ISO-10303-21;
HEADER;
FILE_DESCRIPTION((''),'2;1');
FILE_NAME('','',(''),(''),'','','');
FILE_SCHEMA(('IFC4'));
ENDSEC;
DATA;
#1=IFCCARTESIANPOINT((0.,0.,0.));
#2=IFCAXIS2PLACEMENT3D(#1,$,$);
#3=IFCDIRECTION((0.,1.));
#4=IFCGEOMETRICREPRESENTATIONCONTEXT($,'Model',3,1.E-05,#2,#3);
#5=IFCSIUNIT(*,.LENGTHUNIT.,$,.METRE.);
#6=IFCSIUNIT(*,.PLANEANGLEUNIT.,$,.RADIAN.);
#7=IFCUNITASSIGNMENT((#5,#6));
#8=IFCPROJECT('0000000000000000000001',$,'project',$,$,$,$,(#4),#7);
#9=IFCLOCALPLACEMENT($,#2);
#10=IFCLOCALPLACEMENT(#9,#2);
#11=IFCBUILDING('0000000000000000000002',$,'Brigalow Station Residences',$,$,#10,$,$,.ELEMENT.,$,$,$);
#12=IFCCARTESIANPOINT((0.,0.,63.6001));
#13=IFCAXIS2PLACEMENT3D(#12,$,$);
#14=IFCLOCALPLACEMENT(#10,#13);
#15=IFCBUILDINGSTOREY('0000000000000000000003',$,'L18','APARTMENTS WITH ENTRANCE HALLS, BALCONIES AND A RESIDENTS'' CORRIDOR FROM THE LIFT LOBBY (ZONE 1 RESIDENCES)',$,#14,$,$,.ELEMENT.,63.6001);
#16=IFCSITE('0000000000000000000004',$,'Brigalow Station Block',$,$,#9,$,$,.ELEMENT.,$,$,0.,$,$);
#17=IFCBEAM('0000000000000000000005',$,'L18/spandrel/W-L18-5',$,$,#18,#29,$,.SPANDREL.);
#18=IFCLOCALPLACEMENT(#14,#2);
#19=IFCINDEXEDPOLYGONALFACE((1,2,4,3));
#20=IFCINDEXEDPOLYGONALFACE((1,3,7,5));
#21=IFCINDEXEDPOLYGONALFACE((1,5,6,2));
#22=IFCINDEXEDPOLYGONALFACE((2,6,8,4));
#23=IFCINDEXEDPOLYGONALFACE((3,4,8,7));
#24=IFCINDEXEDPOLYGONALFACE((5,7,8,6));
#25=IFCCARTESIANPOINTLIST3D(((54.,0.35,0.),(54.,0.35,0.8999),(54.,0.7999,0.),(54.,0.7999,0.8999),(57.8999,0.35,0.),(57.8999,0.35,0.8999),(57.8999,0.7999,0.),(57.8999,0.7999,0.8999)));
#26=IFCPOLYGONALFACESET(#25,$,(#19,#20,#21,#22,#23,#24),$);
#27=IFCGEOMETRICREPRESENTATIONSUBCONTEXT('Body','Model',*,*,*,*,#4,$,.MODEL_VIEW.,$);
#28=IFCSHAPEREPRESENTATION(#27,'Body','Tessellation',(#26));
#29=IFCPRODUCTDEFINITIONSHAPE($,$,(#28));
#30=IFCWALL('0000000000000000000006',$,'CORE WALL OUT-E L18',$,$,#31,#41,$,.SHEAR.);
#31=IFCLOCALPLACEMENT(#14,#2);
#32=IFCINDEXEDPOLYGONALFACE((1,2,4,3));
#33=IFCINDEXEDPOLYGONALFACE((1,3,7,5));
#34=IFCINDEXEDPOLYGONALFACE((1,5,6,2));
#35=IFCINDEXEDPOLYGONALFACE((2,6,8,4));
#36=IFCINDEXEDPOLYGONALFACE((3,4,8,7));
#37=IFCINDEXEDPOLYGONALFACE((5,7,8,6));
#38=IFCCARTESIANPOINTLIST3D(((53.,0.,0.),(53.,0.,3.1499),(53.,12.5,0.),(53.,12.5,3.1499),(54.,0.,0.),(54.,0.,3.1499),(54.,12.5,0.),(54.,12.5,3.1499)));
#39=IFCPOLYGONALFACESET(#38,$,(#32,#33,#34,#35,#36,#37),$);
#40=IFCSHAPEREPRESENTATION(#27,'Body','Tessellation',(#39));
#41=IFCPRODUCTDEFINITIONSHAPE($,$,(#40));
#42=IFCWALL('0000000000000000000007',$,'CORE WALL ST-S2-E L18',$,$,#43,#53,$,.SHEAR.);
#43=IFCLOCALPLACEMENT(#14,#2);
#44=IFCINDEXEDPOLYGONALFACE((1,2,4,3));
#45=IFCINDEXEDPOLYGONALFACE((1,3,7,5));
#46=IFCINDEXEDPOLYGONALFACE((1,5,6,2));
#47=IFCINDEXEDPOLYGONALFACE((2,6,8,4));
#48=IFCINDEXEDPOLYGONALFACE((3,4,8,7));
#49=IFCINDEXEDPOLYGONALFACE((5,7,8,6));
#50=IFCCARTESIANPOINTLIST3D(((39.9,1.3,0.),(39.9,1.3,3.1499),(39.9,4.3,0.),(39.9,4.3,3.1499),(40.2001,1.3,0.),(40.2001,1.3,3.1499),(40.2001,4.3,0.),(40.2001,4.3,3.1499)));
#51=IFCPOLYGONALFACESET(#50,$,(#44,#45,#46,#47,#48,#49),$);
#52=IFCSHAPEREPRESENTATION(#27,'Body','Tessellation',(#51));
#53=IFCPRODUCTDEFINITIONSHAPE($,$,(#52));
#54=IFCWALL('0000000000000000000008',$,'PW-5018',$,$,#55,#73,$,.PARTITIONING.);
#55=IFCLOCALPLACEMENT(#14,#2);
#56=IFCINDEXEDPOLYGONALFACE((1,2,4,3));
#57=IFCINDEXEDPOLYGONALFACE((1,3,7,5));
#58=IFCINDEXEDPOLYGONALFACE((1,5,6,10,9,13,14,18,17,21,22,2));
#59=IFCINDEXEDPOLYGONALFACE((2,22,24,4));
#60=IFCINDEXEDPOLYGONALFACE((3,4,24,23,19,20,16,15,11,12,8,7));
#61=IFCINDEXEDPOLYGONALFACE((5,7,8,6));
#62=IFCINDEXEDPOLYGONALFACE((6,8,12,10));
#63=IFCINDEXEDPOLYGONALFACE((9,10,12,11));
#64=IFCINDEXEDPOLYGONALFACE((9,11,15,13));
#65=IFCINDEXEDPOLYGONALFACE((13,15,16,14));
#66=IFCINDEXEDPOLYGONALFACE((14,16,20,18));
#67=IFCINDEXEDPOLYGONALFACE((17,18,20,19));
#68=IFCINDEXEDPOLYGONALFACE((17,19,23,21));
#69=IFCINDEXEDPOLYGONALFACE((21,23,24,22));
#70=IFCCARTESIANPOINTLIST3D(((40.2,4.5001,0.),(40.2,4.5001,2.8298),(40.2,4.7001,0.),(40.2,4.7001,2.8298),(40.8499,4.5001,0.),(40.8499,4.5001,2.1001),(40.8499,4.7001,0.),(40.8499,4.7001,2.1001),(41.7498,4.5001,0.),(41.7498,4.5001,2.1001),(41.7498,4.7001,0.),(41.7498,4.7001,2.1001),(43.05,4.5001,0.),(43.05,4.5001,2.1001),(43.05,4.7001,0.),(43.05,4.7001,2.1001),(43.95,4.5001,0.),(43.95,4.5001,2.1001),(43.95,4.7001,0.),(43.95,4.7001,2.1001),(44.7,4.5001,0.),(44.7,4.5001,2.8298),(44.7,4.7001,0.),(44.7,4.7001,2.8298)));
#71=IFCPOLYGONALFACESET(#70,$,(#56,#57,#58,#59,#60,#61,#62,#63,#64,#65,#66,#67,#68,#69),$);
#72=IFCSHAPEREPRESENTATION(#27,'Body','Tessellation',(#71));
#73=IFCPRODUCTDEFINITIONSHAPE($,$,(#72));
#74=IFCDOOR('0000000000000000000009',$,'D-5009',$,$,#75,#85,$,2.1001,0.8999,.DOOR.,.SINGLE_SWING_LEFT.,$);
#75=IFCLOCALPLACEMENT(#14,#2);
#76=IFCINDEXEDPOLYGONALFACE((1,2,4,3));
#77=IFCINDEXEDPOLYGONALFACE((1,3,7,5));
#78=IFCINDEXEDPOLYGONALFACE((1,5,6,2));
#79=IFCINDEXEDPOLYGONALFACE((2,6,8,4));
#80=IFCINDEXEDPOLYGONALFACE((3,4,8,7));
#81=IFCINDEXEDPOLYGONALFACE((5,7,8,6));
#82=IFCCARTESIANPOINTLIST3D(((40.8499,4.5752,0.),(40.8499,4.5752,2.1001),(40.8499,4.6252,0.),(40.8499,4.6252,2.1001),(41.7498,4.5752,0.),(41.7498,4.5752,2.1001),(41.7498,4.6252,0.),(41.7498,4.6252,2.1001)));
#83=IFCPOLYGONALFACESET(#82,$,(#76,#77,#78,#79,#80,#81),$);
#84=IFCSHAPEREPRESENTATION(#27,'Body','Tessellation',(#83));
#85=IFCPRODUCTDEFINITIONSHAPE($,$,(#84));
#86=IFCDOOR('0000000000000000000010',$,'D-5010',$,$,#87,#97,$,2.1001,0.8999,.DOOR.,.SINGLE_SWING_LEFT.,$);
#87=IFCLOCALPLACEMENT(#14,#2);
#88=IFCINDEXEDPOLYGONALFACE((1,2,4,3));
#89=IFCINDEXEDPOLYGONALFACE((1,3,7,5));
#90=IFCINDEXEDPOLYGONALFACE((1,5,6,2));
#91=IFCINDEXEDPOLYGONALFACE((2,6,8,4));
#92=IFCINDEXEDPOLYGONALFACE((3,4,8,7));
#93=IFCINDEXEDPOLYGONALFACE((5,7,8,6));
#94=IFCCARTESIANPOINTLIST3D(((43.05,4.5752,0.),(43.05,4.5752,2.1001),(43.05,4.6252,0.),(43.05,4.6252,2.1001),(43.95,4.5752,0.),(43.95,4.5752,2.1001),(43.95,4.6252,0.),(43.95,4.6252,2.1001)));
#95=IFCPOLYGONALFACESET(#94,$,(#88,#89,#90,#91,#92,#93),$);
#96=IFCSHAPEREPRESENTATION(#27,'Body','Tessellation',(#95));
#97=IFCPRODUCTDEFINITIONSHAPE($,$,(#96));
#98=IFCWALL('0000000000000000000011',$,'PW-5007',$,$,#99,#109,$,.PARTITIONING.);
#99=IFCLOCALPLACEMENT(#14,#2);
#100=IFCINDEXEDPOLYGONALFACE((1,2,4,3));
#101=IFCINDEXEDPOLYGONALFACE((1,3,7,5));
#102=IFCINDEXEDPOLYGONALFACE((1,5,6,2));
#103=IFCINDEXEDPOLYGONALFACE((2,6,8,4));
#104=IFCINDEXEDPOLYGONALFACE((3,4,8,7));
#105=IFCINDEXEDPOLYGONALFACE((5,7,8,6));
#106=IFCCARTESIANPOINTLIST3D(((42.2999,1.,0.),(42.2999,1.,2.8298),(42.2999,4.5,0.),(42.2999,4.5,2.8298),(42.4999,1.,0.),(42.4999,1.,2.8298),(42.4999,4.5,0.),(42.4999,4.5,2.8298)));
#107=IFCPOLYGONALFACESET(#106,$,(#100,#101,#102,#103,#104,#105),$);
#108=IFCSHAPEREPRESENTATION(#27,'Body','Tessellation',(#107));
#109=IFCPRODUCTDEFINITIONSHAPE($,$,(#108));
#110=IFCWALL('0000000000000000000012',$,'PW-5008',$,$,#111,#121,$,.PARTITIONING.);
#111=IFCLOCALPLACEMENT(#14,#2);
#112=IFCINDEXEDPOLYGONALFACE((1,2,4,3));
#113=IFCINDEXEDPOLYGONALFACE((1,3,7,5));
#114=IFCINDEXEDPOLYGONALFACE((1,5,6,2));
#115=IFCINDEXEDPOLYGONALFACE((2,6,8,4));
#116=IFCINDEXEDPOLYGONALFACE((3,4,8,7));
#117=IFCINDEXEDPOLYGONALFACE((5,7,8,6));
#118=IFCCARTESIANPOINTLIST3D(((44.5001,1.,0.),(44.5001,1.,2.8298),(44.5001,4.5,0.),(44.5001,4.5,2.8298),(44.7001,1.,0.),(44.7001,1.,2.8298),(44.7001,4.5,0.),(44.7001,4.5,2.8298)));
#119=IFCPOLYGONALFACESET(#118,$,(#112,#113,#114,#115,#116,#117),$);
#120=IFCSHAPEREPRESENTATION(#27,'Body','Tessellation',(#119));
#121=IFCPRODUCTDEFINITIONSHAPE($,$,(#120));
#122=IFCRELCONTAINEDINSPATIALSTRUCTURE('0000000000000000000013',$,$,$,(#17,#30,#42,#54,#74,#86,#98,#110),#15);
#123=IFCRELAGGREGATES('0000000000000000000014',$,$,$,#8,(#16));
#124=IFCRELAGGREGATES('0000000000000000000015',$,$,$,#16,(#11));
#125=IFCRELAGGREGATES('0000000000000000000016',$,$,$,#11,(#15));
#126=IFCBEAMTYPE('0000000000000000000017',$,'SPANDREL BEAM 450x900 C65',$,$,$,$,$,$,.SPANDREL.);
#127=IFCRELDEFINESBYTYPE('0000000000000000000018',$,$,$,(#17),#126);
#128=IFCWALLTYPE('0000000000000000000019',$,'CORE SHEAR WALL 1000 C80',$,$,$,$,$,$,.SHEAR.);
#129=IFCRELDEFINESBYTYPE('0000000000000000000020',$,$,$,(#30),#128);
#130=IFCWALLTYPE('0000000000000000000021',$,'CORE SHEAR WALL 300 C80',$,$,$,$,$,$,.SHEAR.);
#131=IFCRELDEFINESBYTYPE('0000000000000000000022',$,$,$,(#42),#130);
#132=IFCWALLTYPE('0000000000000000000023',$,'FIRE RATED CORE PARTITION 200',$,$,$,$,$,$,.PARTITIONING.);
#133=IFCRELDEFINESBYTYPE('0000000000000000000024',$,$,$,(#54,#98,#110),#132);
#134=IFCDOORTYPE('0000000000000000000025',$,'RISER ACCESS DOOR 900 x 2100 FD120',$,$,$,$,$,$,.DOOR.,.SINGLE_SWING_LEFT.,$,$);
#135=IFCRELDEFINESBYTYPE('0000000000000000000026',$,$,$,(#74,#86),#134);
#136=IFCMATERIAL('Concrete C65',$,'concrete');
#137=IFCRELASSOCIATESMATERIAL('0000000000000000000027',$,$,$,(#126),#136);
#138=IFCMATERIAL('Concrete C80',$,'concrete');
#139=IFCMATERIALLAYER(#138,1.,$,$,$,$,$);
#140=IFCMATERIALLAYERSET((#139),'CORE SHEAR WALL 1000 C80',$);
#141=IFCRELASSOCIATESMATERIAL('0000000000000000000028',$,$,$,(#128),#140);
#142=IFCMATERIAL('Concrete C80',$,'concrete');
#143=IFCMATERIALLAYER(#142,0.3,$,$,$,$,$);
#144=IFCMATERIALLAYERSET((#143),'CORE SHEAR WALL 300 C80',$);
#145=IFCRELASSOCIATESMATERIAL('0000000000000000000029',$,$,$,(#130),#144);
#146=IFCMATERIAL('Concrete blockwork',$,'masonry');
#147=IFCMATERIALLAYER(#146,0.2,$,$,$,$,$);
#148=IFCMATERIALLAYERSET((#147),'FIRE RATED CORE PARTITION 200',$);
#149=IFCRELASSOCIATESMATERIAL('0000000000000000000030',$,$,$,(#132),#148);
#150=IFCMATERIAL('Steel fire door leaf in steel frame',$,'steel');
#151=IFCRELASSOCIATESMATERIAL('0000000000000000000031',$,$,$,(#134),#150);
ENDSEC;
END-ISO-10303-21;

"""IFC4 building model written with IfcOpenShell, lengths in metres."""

from ifc_helpers import new_model, si_unit, direction, frame, frame_2d, origin, origin_2d, place, context, subcontext, project, spatial, rectangle, extrude, material, layer, layer_set, material_profile, profile_set, type_object, element, fill, save


model = new_model("IFC4")

# Units and contexts
model_context = context("Model", 3, precision=1e-05, world=origin(), true_north=direction((0.0, 1.0)))
body_context = subcontext(model_context, "Body", "Model", "MODEL_VIEW")
ifc_project = project(units=[si_unit("LENGTHUNIT", "METRE"), si_unit("PLANEANGLEUNIT", "RADIAN")], contexts=[model_context])

# Site, building, storey
site_placement = place(None, origin())
site = spatial("IfcSite", under=ifc_project, at=site_placement, Name="Brigalow Station Block", CompositionType="ELEMENT", RefElevation=0.0)
building_placement = place(site_placement, origin())
building = spatial("IfcBuilding", under=site, at=building_placement, Name="Brigalow Station Residences", CompositionType="ELEMENT")
storey_placement = place(building_placement, frame((0.0, 0.0, 63.6001)))
storey = spatial("IfcBuildingStorey", under=building, at=storey_placement, Name="L18", Description="APARTMENTS WITH ENTRANCE HALLS, BALCONIES AND A RESIDENTS' CORRIDOR FROM THE LIFT LOBBY (ZONE 1 RESIDENCES)", CompositionType="ELEMENT", Elevation=63.6001)

# Beam
ifc_material_1 = material(Name="Concrete C65", Category="concrete")
ifc_material_profile = material_profile(ifc_material_1, rectangle(XDim=0.45, YDim=0.8999, at=origin_2d()), Name="RC450x900")
ifc_profile_set = profile_set([ifc_material_profile], Name="Concrete C65")
beam_type = type_object("IfcBeamType", Name="SPANDREL BEAM 450x900 C65", PredefinedType="SPANDREL", material=ifc_profile_set)
beam_placement = place(storey_placement, frame((54.0, 0.575, 0.45), z_axis=(1.0, 0.0, 0.0), x_axis=(0.0, 1.0, 0.0)))
element("IfcBeam", 1, at=beam_placement, inside=storey, type_object=beam_type, Name="L18/spandrel/W-L18-5", PredefinedType="SPANDREL", context=body_context, shape_type="SweptSolid", body=[
    extrude(rectangle(XDim=0.45, YDim=0.8999, at=origin_2d()), origin(), (0.0, 0.0, 1.0), 3.8999),
])

# Walls
ifc_material_2 = material(Name="Concrete C80", Category="concrete")
ifc_layer_1 = layer(ifc_material_2, 1.0)
ifc_layer_set_1 = layer_set([ifc_layer_1], Name="CORE SHEAR WALL 1000 C80")
wall_type_1 = type_object("IfcWallType", Name="CORE SHEAR WALL 1000 C80", PredefinedType="SHEAR", material=ifc_layer_set_1)
wall_1_placement = place(storey_placement, frame((53.5, 0.0, 0.0), z_axis=(0.0, 0.0, 1.0), x_axis=(0.0, 1.0, 0.0)))
element("IfcWall", 2, at=wall_1_placement, inside=storey, type_object=wall_type_1, Name="CORE WALL OUT-E L18", PredefinedType="SHEAR", context=body_context, shape_type="SweptSolid", body=[
    extrude(rectangle(XDim=12.5, YDim=1.0, at=frame_2d((6.25, 0.0))), origin(), (0.0, 0.0, 1.0), 3.1499),
])
ifc_material_3 = material(Name="Concrete C80", Category="concrete")
ifc_layer_2 = layer(ifc_material_3, 0.3)
ifc_layer_set_2 = layer_set([ifc_layer_2], Name="CORE SHEAR WALL 300 C80")
wall_type_2 = type_object("IfcWallType", Name="CORE SHEAR WALL 300 C80", PredefinedType="SHEAR", material=ifc_layer_set_2)
wall_2_placement = place(storey_placement, frame((40.05, 1.3, 0.0), z_axis=(0.0, 0.0, 1.0), x_axis=(0.0, 1.0, 0.0)))
element("IfcWall", 3, at=wall_2_placement, inside=storey, type_object=wall_type_2, Name="CORE WALL ST-S2-E L18", PredefinedType="SHEAR", context=body_context, shape_type="SweptSolid", body=[
    extrude(rectangle(XDim=3.0, YDim=0.3, at=frame_2d((1.5, 0.0))), origin(), (0.0, 0.0, 1.0), 3.1499),
])

# Wall, openings, doors
ifc_material_4 = material(Name="Concrete blockwork", Category="masonry")
ifc_layer_3 = layer(ifc_material_4, 0.2)
ifc_layer_set_3 = layer_set([ifc_layer_3], Name="FIRE RATED CORE PARTITION 200")
wall_type_3 = type_object("IfcWallType", Name="FIRE RATED CORE PARTITION 200", PredefinedType="PARTITIONING", material=ifc_layer_set_3)
wall_3_placement = place(storey_placement, frame((40.2, 4.6001, 0.0), z_axis=(0.0, 0.0, 1.0), x_axis=(1.0, 0.0, 0.0)))
wall_3 = element("IfcWall", 4, at=wall_3_placement, inside=storey, type_object=wall_type_3, Name="PW-5018", PredefinedType="PARTITIONING", context=body_context, shape_type="SweptSolid", body=[
    extrude(rectangle(XDim=4.5, YDim=0.2, at=frame_2d((2.25, 0.0))), origin(), (0.0, 0.0, 1.0), 2.8298),
])
opening_1_placement = place(wall_3_placement, frame((0.6499, 0.0, 0.0)))
opening_1 = element("IfcOpeningElement", 5, at=opening_1_placement, cuts=wall_3, PredefinedType="OPENING", context=body_context, shape_type="SweptSolid", body=[
    extrude(rectangle(XDim=0.8999, YDim=2.1001, at=frame_2d((0.45, 1.05))), frame((0.0, 0.1099, 0.0), z_axis=(0.0, -1.0, 0.0), x_axis=(1.0, 0.0, 0.0)), (0.0, 0.0, 1.0), 0.22),
])
opening_2_placement = place(wall_3_placement, frame((2.8501, 0.0, 0.0)))
opening_2 = element("IfcOpeningElement", 6, at=opening_2_placement, cuts=wall_3, PredefinedType="OPENING", context=body_context, shape_type="SweptSolid", body=[
    extrude(rectangle(XDim=0.8999, YDim=2.1001, at=frame_2d((0.45, 1.05))), frame((0.0, 0.1099, 0.0), z_axis=(0.0, -1.0, 0.0), x_axis=(1.0, 0.0, 0.0)), (0.0, 0.0, 1.0), 0.22),
])
ifc_material_5 = material(Name="Steel fire door leaf in steel frame", Category="steel")
door_type_1 = type_object("IfcDoorType", Name="RISER ACCESS DOOR 900 x 2100 FD120", OperationType="SINGLE_SWING_LEFT", PredefinedType="DOOR", material=ifc_material_5)
door_1_placement = place(opening_1_placement, frame((0.8999, 0.0, 0.0), z_axis=(0.0, 0.0, 1.0), x_axis=(-1.0, 0.0, 0.0)))
door_1 = element("IfcDoor", 7, at=door_1_placement, inside=storey, type_object=door_type_1, Name="D-5009", OperationType="SINGLE_SWING_LEFT", OverallHeight=2.1001, OverallWidth=0.8999, PredefinedType="DOOR", context=body_context, shape_type="SweptSolid", body=[
    extrude(rectangle(XDim=0.8999, YDim=2.1001, at=frame_2d((0.45, 1.05))), frame((0.0, 0.0249, 0.0), z_axis=(0.0, -1.0, 0.0), x_axis=(1.0, 0.0, 0.0)), (0.0, 0.0, 1.0), 0.05),
])
fill(opening_1, door_1)
door_2_placement = place(opening_2_placement, frame((0.8999, 0.0, 0.0), z_axis=(0.0, 0.0, 1.0), x_axis=(-1.0, 0.0, 0.0)))
door_2 = element("IfcDoor", 8, at=door_2_placement, inside=storey, type_object=door_type_1, Name="D-5010", OperationType="SINGLE_SWING_LEFT", OverallHeight=2.1001, OverallWidth=0.8999, PredefinedType="DOOR", context=body_context, shape_type="SweptSolid", body=[
    extrude(rectangle(XDim=0.8999, YDim=2.1001, at=frame_2d((0.45, 1.05))), frame((0.0, 0.0249, 0.0), z_axis=(0.0, -1.0, 0.0), x_axis=(1.0, 0.0, 0.0)), (0.0, 0.0, 1.0), 0.05),
])
fill(opening_2, door_2)

# Walls
for number, where, z_axis, x_axis, name in (
    (9, (42.3999, 1.0, 0.0), (0.0, 0.0, 1.0), (0.0, 1.0, 0.0), "PW-5007"),
    (10, (44.6001, 1.0, 0.0), (0.0, 0.0, 1.0), (0.0, 1.0, 0.0), "PW-5008"),
):
    element("IfcWall", number, at=place(storey_placement, frame(where, z_axis=z_axis, x_axis=x_axis)), inside=storey, type_object=wall_type_3, Name=name, PredefinedType="PARTITIONING", context=body_context, shape_type="SweptSolid", body=[
        extrude(rectangle(XDim=3.5, YDim=0.2, at=frame_2d((1.75, 0.0))), origin(), (0.0, 0.0, 1.0), 2.8298),
    ])

save(model, "model.ifc")
